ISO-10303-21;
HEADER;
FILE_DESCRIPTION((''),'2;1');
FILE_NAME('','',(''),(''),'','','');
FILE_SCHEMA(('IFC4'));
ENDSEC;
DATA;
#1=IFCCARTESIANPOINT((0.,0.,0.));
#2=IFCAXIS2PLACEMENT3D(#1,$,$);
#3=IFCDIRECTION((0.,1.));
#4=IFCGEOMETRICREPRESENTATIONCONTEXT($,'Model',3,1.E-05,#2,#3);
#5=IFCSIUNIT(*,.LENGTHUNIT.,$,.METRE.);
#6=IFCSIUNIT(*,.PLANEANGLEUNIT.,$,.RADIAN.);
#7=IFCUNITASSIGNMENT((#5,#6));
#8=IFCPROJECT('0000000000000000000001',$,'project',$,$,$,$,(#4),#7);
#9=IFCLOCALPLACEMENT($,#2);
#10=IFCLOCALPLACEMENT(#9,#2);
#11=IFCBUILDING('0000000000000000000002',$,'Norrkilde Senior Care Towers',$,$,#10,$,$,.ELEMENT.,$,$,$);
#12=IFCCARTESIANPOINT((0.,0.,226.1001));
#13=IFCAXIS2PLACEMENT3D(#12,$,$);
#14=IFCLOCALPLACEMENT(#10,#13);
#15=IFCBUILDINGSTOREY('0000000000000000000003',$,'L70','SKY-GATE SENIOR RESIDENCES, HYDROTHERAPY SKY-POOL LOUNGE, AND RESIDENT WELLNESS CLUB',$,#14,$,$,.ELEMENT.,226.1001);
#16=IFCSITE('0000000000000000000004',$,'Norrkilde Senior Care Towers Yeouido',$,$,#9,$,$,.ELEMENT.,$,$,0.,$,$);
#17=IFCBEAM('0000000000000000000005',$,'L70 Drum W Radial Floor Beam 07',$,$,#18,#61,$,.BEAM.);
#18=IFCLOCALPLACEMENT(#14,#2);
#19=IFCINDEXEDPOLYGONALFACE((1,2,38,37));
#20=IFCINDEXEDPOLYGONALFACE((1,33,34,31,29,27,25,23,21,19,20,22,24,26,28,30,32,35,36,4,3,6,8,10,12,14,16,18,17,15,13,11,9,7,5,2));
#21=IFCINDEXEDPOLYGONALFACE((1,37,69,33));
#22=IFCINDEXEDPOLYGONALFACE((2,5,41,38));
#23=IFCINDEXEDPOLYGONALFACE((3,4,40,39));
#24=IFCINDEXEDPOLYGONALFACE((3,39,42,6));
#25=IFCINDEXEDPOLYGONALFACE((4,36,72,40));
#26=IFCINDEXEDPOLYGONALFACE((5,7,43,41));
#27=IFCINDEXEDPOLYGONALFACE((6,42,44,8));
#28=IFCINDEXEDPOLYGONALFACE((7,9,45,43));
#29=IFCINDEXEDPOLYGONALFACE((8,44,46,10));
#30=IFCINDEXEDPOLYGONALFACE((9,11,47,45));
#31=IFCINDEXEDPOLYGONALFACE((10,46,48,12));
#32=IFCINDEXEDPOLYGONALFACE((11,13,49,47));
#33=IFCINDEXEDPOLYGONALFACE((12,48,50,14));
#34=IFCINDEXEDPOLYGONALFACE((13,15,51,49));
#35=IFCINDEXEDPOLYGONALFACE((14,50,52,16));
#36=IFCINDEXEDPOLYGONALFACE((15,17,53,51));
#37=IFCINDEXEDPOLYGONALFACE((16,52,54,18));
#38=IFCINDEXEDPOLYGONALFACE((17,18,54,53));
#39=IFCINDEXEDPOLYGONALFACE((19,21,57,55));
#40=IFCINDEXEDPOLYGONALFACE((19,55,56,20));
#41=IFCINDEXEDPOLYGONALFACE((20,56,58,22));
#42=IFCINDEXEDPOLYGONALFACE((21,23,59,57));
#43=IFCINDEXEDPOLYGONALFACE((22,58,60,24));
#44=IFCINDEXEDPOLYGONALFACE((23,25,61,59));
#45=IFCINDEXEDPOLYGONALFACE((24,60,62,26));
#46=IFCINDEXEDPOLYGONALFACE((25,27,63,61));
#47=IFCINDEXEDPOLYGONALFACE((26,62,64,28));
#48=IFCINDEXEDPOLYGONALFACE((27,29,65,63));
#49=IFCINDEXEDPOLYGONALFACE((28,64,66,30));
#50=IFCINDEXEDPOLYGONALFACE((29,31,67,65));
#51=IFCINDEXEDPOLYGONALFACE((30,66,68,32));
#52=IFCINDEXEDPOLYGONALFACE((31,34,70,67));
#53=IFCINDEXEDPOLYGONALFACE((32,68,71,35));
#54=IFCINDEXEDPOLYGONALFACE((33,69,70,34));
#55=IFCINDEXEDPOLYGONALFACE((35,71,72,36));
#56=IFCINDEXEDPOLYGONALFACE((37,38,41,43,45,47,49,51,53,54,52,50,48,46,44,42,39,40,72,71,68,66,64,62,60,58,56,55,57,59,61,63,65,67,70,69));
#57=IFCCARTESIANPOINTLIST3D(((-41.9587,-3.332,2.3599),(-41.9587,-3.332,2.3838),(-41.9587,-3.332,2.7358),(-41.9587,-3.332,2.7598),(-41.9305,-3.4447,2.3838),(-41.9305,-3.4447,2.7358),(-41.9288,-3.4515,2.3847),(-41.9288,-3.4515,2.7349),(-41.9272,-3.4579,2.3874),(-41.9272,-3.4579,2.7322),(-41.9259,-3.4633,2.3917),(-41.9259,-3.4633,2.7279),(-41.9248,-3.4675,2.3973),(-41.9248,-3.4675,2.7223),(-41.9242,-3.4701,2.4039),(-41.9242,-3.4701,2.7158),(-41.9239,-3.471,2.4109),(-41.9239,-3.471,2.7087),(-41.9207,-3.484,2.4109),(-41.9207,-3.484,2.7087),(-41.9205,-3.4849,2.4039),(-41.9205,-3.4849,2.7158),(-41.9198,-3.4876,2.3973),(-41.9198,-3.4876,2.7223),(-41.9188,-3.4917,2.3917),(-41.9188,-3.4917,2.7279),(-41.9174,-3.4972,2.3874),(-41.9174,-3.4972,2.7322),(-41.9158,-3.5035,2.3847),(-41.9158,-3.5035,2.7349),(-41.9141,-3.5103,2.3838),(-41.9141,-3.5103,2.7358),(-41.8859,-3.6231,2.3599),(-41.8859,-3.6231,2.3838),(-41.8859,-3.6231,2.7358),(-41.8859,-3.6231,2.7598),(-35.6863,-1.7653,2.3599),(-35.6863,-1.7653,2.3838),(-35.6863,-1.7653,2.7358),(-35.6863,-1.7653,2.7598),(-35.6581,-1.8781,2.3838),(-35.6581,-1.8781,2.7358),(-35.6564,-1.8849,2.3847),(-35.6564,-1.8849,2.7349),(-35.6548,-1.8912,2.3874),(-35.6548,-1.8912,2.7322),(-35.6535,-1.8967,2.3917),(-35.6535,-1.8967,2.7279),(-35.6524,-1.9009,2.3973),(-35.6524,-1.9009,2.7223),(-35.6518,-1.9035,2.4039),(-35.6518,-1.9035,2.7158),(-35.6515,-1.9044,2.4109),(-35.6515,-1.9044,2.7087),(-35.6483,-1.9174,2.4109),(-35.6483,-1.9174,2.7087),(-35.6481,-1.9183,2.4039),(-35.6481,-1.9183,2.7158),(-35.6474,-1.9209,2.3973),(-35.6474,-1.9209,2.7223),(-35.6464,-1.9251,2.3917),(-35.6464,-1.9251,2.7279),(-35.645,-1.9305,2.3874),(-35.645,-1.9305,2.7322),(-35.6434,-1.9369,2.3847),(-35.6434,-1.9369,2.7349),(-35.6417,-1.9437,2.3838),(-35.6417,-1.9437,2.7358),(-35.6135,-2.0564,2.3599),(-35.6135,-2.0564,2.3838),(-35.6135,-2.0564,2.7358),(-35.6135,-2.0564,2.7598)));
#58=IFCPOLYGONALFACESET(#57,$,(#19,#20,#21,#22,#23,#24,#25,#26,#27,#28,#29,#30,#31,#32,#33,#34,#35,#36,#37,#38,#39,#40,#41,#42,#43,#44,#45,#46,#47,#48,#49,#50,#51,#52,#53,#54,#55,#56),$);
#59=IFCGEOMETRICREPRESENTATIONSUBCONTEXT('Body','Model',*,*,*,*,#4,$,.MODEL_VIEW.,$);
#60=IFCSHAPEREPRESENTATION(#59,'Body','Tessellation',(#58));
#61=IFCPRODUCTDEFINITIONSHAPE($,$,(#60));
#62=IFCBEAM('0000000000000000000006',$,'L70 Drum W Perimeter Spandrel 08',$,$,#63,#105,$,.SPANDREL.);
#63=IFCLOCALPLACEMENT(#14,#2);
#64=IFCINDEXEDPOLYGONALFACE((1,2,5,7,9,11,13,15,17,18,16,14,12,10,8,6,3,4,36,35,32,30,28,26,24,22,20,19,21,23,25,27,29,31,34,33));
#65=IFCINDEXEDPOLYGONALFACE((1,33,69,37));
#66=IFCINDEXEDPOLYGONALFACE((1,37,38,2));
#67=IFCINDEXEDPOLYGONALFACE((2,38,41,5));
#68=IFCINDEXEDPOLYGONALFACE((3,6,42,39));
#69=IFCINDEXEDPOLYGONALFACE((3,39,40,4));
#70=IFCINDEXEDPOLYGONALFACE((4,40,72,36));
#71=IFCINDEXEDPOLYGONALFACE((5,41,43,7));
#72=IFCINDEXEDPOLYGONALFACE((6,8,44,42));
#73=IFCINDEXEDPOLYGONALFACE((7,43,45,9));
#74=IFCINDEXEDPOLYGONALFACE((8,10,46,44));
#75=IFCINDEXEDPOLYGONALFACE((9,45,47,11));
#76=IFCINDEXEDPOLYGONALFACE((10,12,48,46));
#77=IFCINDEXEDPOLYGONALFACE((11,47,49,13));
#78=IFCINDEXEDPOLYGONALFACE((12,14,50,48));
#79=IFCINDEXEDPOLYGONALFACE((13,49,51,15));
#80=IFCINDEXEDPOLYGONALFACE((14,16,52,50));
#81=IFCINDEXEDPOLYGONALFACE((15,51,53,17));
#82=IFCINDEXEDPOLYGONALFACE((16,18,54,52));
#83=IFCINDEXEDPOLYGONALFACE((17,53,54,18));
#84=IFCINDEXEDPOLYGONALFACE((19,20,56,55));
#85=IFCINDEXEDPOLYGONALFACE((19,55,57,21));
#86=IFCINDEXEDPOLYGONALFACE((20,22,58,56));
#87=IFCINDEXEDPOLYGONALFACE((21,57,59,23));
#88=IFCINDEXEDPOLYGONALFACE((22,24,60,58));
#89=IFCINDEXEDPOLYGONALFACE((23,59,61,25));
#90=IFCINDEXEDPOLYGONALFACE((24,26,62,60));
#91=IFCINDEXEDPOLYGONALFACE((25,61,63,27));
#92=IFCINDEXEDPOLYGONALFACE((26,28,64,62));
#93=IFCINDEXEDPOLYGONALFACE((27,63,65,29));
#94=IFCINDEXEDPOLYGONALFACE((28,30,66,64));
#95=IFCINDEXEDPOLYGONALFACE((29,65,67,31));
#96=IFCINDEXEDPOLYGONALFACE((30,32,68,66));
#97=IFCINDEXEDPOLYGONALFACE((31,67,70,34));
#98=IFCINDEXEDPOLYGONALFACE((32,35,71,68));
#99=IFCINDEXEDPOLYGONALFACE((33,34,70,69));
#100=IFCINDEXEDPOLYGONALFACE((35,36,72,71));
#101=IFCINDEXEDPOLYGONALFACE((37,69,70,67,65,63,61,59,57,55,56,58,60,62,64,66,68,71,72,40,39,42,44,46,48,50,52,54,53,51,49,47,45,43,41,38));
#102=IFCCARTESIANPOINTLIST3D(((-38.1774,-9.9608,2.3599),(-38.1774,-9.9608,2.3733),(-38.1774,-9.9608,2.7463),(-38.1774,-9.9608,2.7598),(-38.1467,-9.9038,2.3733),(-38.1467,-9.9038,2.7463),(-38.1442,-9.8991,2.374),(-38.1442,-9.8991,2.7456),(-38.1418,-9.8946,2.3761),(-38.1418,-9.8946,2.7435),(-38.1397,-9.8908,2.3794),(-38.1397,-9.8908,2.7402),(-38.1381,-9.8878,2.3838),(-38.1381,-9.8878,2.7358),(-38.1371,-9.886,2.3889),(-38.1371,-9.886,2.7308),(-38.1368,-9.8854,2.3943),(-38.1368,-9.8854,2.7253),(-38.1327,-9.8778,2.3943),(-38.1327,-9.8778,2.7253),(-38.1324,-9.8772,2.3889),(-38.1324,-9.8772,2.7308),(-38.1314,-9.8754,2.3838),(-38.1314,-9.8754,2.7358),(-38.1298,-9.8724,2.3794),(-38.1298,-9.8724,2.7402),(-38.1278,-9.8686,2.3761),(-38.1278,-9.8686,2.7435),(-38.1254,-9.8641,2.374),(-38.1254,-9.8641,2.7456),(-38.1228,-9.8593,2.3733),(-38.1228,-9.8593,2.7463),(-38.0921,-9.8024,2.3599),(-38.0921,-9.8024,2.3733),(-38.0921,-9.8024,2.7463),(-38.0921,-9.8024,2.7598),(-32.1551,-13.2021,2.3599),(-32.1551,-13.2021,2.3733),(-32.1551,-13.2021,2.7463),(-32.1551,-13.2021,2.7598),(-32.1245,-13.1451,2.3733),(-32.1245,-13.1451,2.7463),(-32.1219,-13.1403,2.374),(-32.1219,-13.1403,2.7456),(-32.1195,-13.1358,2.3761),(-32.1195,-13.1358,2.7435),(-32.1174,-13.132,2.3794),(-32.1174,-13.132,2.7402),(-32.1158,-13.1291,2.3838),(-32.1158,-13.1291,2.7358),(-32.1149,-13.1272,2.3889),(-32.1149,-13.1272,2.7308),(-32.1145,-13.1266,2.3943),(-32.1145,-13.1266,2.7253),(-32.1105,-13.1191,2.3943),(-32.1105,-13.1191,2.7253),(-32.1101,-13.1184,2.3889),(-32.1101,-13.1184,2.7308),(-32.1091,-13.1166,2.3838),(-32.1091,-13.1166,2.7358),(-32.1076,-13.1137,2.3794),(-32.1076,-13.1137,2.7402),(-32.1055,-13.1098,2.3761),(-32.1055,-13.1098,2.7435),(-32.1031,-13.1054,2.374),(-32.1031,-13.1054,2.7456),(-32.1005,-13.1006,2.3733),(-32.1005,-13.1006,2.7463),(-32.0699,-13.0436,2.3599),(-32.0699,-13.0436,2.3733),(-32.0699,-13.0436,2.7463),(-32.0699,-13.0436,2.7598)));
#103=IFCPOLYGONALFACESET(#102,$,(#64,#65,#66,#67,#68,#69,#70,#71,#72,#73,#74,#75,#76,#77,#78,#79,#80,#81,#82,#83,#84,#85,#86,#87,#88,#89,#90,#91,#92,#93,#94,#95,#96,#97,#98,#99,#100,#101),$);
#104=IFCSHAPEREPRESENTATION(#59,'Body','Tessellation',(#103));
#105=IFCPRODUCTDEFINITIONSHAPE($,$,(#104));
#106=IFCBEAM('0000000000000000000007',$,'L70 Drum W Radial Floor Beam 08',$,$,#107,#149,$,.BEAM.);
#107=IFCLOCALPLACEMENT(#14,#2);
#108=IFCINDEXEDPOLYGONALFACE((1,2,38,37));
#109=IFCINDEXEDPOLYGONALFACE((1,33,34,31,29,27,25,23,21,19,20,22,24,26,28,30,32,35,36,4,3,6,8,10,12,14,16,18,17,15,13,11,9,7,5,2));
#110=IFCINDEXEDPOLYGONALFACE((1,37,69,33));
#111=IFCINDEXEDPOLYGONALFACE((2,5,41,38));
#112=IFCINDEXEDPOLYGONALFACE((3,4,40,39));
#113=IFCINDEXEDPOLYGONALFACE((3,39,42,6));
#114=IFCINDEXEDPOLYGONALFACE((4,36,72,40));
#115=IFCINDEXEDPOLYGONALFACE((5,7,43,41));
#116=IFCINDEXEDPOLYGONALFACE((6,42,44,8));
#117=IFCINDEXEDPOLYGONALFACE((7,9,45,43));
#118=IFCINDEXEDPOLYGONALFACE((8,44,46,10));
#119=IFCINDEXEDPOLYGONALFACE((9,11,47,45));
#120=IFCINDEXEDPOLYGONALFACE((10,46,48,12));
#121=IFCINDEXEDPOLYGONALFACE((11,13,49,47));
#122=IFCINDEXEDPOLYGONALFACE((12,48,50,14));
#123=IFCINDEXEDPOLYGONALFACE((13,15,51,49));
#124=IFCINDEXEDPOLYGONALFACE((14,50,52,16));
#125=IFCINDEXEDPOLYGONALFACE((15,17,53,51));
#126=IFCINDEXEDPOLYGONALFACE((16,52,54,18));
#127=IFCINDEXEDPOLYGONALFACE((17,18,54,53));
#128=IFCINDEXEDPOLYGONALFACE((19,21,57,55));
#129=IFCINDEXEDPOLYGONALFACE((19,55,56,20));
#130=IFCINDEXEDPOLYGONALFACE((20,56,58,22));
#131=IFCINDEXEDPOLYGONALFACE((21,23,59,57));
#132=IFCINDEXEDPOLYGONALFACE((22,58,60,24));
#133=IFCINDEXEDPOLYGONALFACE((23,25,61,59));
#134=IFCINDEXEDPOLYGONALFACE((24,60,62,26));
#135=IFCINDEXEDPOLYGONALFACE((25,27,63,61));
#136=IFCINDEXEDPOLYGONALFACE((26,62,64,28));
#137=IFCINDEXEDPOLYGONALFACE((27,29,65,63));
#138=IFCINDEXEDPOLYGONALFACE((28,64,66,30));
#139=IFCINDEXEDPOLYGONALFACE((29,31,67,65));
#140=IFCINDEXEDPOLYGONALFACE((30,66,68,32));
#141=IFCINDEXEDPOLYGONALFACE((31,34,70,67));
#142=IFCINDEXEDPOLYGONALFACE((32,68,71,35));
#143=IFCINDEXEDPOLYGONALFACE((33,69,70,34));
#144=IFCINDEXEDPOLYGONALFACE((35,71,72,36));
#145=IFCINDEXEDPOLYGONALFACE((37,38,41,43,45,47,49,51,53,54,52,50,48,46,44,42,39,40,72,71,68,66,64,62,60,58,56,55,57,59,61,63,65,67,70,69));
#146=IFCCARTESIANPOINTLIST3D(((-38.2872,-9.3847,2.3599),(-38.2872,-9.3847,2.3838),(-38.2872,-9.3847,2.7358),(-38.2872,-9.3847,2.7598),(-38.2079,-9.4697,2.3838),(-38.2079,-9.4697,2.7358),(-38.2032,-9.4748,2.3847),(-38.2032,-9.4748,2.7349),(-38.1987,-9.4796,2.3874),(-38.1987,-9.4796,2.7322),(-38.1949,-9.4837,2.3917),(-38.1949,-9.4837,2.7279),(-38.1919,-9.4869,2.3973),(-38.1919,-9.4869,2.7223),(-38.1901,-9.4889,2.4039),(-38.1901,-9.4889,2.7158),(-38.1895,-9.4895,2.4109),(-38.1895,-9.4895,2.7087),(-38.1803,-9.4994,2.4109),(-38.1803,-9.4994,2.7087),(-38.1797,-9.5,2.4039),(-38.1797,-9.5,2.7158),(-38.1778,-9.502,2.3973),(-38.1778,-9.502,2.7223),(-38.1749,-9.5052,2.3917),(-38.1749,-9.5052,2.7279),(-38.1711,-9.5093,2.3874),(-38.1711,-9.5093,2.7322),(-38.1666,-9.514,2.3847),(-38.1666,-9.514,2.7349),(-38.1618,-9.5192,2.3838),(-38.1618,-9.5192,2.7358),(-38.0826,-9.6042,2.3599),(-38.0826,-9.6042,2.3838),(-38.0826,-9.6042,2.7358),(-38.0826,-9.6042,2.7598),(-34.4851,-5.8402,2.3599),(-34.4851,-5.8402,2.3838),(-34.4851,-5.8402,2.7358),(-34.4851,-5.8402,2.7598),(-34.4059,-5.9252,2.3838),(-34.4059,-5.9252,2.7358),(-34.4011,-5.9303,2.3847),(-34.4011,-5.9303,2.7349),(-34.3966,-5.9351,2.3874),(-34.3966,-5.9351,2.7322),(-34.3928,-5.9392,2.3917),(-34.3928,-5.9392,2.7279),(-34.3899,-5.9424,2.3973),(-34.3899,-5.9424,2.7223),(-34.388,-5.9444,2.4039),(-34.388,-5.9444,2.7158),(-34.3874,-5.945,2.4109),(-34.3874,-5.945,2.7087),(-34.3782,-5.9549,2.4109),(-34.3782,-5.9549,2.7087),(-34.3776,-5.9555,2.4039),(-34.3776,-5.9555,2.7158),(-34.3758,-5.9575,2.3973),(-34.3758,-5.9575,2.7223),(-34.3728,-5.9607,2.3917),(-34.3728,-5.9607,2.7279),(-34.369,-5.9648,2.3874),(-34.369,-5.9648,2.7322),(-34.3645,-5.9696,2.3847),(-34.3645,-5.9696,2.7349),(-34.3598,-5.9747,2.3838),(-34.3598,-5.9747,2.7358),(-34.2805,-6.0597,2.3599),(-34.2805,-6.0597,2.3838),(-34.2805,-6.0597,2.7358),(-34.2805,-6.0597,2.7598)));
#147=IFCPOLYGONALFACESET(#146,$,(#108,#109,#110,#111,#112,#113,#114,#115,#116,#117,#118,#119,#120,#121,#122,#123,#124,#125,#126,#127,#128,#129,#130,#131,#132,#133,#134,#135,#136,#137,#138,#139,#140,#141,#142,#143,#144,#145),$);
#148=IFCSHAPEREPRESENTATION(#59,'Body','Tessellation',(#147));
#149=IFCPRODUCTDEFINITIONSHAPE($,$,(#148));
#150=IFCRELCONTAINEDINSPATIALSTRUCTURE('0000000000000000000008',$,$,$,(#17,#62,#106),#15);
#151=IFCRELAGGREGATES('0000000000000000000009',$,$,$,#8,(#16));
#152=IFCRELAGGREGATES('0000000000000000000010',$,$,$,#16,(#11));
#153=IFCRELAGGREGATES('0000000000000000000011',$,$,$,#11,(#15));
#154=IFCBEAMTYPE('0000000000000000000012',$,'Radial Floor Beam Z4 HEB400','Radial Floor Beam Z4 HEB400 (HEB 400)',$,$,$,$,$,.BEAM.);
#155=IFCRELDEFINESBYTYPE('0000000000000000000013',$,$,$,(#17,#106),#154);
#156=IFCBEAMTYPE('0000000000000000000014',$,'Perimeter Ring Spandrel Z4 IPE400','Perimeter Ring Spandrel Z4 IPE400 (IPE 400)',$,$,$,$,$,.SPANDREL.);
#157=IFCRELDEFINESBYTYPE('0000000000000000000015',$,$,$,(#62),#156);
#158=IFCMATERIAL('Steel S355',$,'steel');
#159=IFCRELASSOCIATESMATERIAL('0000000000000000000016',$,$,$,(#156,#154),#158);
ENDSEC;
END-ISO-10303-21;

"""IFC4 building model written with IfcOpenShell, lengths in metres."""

from ifc_helpers import new_model, si_unit, direction, frame, origin, origin_2d, place, context, subcontext, project, spatial, i_section, extrude, source, transform, mapped, material, material_profile, profile_set, type_object, type_shapes, element, save


model = new_model("IFC4")

# Units and contexts
model_context = context("Model", 3, precision=1e-05, world=origin(), true_north=direction((0.0, 1.0)))
body_context = subcontext(model_context, "Body", "Model", "MODEL_VIEW")
ifc_project = project(units=[si_unit("LENGTHUNIT", "METRE"), si_unit("PLANEANGLEUNIT", "RADIAN")], contexts=[model_context])

# Site, building, storey
site_placement = place(None, origin())
site = spatial("IfcSite", under=ifc_project, at=site_placement, Name="Norrkilde Senior Care Towers Yeouido", CompositionType="ELEMENT", RefElevation=0.0)
building_placement = place(site_placement, origin())
building = spatial("IfcBuilding", under=site, at=building_placement, Name="Norrkilde Senior Care Towers", CompositionType="ELEMENT")
storey_placement = place(building_placement, frame((0.0, 0.0, 226.1001)))
storey = spatial("IfcBuildingStorey", under=building, at=storey_placement, Name="L70", Description="SKY-GATE SENIOR RESIDENCES, HYDROTHERAPY SKY-POOL LOUNGE, AND RESIDENT WELLNESS CLUB", CompositionType="ELEMENT", Elevation=226.1001)

# Beams
ifc_material_1 = material(Name="Steel S355", Category="steel")
ifc_material_profile_1 = material_profile(ifc_material_1, i_section(OverallWidth=0.1799, OverallDepth=0.3999, WebThickness=0.0085, FlangeThickness=0.0134, FilletRadius=0.021, at=origin_2d()), Name="IPE 400")
ifc_profile_set_1 = profile_set([ifc_material_profile_1], Name="Steel S355")
beam_type_1 = type_object("IfcBeamType", Name="Perimeter Ring Spandrel Z4 IPE400", Description="Perimeter Ring Spandrel Z4 IPE400 (IPE 400)", PredefinedType="SPANDREL", material=ifc_profile_set_1)
ifc_material_profile_2 = material_profile(ifc_material_1, i_section(OverallWidth=0.3, OverallDepth=0.3999, WebThickness=0.0134, FlangeThickness=0.0239, FilletRadius=0.0271, at=origin_2d()), Name="HEB 400")
ifc_profile_set_2 = profile_set([ifc_material_profile_2], Name="Steel S355")
beam_type_2 = type_object("IfcBeamType", Name="Radial Floor Beam Z4 HEB400", Description="Radial Floor Beam Z4 HEB400 (HEB 400)", PredefinedType="BEAM", material=ifc_profile_set_2)
shared_shape_1 = source(origin(), body_context, "Body", "SweptSolid", [
    extrude(i_section(OverallWidth=0.3, OverallDepth=0.3999, WebThickness=0.0134, FlangeThickness=0.0239, FilletRadius=0.0271, at=origin_2d()), origin(), (0.0, 0.0, 1.0), 6.4651),
])
beam_1_placement = place(storey_placement, frame((-35.6499, -1.9109, 2.5598), z_axis=(-0.970196, -0.242322, 0.0), x_axis=(0.242322, -0.970196, 0.0)))
element("IfcBeam", 1, at=beam_1_placement, inside=storey, type_object=beam_type_2, Name="L70 Drum W Radial Floor Beam 07", PredefinedType="BEAM", context=body_context, shape_type="MappedRepresentation", body=[
    mapped(shared_shape_1, transform((0.0, 0.0, 0.0), x_axis=(1.0, 0.0, 0.0), y_axis=(0.0, 1.0, 0.0), z_axis=(0.0, 0.0, 1.0), scale=1.0)),
])
shared_shape_2 = source(origin(), body_context, "Body", "SweptSolid", [
    extrude(i_section(OverallWidth=0.1799, OverallDepth=0.3999, WebThickness=0.0085, FlangeThickness=0.0134, FilletRadius=0.021, at=origin_2d()), origin(), (0.0, 0.0, 1.0), 6.8391),
])
beam_2_placement = place(storey_placement, frame((-38.1348, -9.8816, 2.5598), z_axis=(0.880564, -0.473927, 0.0), x_axis=(0.473927, 0.880564, 0.0)))
element("IfcBeam", 2, at=beam_2_placement, inside=storey, type_object=beam_type_1, Name="L70 Drum W Perimeter Spandrel 08", PredefinedType="SPANDREL", context=body_context, shape_type="MappedRepresentation", body=[
    mapped(shared_shape_2, transform((0.0, 0.0, 0.0), x_axis=(1.0, 0.0, 0.0), y_axis=(0.0, 1.0, 0.0), z_axis=(0.0, 0.0, 1.0), scale=1.0)),
])
shared_shape_3 = source(origin(), body_context, "Body", "SweptSolid", [
    extrude(i_section(OverallWidth=0.3, OverallDepth=0.3999, WebThickness=0.0134, FlangeThickness=0.0239, FilletRadius=0.0271, at=origin_2d()), origin(), (0.0, 0.0, 1.0), 5.198),
])
type_shapes(beam_type_2, [shared_shape_1, shared_shape_3])
beam_3_placement = place(storey_placement, frame((-34.3828, -5.95, 2.5598), z_axis=(-0.731449, -0.681896, 0.0), x_axis=(0.681896, -0.731449, 0.0)))
element("IfcBeam", 3, at=beam_3_placement, inside=storey, type_object=beam_type_2, Name="L70 Drum W Radial Floor Beam 08", PredefinedType="BEAM", context=body_context, shape_type="MappedRepresentation", body=[
    mapped(shared_shape_3, transform((0.0, 0.0, 0.0), x_axis=(1.0, 0.0, 0.0), y_axis=(0.0, 1.0, 0.0), z_axis=(0.0, 0.0, 1.0), scale=1.0)),
])

save(model, "model.ifc")
